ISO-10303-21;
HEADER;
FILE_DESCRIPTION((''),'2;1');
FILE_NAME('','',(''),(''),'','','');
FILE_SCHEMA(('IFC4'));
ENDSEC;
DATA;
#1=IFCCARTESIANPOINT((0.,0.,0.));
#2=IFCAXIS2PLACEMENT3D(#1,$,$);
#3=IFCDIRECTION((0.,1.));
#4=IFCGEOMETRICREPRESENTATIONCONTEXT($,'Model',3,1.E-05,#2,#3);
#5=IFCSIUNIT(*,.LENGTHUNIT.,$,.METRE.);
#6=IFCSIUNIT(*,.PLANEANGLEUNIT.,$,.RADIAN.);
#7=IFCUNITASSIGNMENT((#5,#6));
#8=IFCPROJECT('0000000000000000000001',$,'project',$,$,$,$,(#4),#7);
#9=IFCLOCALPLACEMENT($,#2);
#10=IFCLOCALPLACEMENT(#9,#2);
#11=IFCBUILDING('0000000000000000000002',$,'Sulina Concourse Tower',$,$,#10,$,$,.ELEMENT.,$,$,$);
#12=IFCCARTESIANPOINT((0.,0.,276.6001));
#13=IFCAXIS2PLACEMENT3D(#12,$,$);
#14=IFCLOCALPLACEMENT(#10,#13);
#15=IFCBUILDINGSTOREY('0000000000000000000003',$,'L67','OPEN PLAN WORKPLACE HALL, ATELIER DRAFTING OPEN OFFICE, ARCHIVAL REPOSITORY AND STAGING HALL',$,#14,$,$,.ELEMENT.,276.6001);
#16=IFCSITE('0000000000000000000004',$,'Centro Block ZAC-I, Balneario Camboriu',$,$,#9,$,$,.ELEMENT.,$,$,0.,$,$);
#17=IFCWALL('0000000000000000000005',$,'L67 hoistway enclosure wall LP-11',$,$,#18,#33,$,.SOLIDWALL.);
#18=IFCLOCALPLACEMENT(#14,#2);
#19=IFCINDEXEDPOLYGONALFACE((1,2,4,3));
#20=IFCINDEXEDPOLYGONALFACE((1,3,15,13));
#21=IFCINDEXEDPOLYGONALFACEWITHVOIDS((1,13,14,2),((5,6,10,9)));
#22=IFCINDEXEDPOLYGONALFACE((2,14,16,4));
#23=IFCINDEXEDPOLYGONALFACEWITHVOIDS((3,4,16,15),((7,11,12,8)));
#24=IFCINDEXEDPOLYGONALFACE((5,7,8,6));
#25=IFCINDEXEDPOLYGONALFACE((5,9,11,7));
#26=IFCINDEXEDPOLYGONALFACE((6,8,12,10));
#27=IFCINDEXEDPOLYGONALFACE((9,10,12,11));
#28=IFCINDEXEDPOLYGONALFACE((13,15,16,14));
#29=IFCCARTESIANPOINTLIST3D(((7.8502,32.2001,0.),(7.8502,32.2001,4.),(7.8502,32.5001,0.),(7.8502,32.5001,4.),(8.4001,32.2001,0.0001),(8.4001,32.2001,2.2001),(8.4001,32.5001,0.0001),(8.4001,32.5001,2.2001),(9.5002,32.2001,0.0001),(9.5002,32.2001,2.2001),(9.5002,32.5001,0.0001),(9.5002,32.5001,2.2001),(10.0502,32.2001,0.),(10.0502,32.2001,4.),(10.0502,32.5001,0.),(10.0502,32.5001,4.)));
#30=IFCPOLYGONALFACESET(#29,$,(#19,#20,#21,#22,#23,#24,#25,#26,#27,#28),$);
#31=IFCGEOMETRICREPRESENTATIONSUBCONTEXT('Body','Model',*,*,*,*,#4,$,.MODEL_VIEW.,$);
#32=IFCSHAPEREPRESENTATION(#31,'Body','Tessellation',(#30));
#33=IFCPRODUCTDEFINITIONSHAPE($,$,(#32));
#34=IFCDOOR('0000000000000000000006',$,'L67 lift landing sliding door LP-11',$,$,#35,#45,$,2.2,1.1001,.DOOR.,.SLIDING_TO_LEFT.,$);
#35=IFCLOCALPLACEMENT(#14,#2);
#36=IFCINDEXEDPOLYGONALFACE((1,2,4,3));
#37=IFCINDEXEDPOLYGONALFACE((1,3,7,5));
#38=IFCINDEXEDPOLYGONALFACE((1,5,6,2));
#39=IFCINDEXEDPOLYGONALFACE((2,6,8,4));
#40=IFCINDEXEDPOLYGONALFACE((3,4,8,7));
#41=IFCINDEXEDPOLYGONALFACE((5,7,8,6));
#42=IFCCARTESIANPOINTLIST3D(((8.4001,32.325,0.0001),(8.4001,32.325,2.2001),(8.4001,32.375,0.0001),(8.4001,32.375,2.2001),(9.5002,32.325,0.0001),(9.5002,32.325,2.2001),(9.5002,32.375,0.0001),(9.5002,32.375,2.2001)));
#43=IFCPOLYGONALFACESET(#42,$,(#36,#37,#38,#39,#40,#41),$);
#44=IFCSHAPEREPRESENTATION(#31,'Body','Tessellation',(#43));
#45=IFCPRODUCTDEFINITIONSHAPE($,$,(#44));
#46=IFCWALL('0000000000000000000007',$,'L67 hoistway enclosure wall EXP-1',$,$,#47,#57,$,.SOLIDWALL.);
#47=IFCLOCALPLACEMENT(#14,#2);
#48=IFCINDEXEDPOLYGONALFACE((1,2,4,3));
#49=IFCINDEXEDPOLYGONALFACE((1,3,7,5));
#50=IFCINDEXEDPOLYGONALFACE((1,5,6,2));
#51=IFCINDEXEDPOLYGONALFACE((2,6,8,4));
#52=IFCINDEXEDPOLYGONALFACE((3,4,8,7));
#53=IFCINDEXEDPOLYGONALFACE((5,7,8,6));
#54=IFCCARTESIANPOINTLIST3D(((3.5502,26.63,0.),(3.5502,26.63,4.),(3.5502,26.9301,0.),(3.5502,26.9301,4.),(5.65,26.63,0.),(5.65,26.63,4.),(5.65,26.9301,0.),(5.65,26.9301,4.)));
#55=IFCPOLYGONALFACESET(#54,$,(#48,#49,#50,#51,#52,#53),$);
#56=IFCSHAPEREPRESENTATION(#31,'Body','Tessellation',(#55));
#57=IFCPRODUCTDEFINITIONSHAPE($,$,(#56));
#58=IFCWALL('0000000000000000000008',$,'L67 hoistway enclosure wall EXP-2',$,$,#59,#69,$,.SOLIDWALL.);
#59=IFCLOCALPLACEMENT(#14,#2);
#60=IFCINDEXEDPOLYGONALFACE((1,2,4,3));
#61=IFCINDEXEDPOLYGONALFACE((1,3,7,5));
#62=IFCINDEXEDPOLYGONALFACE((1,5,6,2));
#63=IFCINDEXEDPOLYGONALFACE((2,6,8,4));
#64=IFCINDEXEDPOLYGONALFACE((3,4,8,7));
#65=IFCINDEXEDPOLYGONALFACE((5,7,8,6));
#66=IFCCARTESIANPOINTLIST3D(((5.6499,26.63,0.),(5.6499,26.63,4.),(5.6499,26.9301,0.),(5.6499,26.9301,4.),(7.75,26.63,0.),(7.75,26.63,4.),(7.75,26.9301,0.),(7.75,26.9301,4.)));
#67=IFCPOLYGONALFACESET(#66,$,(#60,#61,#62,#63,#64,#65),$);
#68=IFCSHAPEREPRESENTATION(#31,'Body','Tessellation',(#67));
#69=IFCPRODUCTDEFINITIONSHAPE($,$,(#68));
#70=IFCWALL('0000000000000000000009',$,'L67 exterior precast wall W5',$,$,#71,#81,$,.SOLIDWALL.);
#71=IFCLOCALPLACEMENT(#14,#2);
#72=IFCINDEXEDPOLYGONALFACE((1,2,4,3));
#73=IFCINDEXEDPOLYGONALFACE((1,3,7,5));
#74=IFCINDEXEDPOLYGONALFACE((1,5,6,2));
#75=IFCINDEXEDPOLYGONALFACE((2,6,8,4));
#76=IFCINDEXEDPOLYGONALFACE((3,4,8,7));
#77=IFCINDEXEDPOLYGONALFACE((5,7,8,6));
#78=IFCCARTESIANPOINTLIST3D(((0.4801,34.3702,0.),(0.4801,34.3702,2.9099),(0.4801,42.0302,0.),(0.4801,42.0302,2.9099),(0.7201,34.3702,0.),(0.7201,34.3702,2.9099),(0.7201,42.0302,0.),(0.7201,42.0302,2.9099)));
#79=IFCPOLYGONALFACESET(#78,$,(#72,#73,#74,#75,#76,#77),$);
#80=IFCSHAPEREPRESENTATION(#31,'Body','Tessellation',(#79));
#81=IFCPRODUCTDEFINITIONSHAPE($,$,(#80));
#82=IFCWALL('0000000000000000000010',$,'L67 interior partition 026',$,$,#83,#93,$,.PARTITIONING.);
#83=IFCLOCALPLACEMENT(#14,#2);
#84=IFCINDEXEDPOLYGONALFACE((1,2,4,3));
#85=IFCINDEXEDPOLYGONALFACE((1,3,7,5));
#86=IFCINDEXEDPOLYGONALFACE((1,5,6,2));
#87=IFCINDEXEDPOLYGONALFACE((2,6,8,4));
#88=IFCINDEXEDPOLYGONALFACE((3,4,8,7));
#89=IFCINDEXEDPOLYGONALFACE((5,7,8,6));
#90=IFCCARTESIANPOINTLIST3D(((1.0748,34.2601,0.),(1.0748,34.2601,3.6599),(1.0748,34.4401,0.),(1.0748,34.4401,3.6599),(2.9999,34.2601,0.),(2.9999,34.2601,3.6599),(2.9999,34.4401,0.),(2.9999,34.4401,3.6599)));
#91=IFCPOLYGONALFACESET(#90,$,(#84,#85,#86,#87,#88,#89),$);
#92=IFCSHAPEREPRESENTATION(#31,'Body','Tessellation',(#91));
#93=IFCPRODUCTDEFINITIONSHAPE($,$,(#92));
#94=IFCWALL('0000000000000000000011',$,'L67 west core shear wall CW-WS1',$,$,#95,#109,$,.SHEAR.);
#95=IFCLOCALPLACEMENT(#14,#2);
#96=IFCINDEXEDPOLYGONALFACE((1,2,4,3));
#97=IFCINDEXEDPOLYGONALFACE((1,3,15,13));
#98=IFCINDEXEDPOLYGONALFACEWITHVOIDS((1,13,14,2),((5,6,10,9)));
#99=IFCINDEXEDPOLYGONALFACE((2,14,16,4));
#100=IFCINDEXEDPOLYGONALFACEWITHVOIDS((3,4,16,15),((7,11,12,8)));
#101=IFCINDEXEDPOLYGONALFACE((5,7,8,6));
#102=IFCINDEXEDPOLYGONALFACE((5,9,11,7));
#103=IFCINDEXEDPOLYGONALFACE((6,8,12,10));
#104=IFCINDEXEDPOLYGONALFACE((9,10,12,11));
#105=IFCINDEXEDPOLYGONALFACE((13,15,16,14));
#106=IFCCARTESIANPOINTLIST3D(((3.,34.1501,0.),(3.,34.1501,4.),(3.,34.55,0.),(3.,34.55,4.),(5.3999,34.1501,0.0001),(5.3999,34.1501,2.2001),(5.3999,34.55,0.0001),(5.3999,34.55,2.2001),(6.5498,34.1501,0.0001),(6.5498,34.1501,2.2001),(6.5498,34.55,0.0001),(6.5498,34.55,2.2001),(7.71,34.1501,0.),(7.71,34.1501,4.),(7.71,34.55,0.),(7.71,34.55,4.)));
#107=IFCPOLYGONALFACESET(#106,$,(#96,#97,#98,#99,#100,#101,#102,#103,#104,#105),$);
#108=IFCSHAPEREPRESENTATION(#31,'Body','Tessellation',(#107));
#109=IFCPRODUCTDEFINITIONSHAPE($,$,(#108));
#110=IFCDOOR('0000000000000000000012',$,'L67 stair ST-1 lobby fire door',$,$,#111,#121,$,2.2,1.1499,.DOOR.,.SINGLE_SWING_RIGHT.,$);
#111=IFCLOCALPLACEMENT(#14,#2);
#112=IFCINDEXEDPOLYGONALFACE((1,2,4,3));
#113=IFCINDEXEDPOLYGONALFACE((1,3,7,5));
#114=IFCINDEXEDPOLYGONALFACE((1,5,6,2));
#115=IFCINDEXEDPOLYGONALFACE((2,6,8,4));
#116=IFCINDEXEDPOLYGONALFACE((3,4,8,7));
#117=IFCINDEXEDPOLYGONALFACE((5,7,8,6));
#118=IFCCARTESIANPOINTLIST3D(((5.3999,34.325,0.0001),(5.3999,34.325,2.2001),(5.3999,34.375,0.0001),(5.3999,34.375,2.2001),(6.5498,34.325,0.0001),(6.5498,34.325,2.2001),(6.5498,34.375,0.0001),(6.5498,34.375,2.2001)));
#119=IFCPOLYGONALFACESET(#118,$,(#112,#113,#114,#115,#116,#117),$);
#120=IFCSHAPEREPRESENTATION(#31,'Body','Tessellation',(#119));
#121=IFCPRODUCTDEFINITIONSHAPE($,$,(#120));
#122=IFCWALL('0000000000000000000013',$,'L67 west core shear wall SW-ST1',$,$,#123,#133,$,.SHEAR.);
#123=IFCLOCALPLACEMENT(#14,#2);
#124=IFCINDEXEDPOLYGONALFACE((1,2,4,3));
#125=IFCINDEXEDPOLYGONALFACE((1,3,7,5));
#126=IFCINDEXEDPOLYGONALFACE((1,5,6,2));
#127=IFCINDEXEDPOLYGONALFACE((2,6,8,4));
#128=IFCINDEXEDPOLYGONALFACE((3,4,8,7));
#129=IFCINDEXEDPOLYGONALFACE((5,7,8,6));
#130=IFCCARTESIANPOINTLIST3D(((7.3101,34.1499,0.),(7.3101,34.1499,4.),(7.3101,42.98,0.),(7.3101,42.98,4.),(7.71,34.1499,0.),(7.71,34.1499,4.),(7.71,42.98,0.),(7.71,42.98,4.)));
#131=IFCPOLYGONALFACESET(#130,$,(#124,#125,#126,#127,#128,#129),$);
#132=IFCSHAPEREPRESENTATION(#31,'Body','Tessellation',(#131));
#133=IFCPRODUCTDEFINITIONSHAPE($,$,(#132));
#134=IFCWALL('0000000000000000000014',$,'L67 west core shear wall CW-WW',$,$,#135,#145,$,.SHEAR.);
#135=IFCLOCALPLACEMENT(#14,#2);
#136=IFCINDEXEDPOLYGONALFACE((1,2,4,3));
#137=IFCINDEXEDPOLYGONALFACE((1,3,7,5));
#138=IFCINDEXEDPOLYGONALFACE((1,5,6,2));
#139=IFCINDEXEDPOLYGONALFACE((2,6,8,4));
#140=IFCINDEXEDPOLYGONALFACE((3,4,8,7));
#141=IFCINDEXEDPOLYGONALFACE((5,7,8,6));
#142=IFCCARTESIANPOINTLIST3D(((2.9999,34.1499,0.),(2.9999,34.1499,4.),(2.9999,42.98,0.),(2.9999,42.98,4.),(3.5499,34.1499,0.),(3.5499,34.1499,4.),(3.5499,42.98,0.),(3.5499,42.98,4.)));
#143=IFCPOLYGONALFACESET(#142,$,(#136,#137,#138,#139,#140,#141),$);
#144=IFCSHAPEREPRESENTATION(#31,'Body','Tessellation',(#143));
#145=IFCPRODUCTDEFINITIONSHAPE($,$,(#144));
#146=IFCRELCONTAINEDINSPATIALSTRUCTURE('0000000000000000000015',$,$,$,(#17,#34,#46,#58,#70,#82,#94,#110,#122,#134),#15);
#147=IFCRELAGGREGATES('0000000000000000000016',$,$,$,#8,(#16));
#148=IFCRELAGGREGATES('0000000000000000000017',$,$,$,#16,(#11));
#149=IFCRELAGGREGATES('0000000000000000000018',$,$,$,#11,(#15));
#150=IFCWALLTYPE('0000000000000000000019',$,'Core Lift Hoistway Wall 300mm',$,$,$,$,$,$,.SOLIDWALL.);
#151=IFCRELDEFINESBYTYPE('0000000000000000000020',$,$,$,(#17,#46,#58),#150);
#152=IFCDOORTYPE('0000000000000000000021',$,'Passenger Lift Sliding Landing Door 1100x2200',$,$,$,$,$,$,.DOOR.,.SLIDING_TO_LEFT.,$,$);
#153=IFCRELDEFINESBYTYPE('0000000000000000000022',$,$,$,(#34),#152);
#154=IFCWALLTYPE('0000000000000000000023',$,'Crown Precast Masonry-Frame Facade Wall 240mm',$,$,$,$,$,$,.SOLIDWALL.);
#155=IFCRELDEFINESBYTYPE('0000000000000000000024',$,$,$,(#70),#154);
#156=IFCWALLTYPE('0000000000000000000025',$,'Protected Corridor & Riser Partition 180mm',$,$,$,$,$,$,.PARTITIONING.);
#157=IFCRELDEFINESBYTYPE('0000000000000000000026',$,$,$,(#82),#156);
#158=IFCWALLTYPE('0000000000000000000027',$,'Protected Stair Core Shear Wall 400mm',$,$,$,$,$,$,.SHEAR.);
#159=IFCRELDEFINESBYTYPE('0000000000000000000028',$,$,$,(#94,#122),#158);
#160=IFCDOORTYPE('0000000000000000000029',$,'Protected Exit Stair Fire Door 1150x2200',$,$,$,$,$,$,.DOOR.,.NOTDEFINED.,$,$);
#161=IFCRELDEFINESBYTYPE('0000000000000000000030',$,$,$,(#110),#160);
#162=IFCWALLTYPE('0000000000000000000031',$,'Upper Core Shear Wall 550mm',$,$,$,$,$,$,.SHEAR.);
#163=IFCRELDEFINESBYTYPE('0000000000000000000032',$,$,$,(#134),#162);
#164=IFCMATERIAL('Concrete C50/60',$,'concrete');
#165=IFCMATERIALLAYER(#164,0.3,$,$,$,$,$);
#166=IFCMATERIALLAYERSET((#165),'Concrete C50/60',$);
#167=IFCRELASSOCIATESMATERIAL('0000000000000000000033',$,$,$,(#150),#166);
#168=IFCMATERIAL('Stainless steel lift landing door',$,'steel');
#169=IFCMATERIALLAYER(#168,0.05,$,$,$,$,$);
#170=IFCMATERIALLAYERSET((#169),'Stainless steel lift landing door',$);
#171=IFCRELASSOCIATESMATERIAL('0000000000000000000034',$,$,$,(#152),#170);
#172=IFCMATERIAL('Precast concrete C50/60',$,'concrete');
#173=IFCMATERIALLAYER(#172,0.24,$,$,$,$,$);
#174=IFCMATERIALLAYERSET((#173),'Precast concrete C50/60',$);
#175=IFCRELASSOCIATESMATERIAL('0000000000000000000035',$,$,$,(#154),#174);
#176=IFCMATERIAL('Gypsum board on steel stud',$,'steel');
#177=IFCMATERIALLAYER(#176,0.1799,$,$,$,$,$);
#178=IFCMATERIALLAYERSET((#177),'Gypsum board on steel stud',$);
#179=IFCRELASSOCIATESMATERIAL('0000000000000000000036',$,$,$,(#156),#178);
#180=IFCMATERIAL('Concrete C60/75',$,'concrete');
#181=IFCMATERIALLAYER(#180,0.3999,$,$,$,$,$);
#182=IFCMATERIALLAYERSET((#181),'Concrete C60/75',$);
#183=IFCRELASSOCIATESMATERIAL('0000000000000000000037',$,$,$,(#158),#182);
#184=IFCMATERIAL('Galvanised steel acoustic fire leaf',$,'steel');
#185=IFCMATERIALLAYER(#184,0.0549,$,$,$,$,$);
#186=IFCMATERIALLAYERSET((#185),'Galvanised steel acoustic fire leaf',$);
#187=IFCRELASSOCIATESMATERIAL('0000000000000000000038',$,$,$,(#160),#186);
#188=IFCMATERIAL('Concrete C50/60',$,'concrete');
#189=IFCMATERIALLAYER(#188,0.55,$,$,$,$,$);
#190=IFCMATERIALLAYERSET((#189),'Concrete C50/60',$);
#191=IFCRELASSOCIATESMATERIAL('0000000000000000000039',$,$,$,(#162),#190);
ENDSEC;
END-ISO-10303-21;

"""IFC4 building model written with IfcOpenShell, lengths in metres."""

from ifc_helpers import new_model, si_unit, direction, frame, frame_2d, origin, place, context, subcontext, project, spatial, rectangle, extrude, material, layer, layer_set, type_object, element, fill, save


model = new_model("IFC4")

# Units and contexts
model_context = context("Model", 3, precision=1e-05, world=origin(), true_north=direction((0.0, 1.0)))
body_context = subcontext(model_context, "Body", "Model", "MODEL_VIEW")
ifc_project = project(units=[si_unit("LENGTHUNIT", "METRE"), si_unit("PLANEANGLEUNIT", "RADIAN")], contexts=[model_context])

# Site, building, storey
site_placement = place(None, origin())
site = spatial("IfcSite", under=ifc_project, at=site_placement, Name="Centro Block ZAC-I, Balneario Camboriu", CompositionType="ELEMENT", RefElevation=0.0)
building_placement = place(site_placement, origin())
building = spatial("IfcBuilding", under=site, at=building_placement, Name="Sulina Concourse Tower", CompositionType="ELEMENT")
storey_placement = place(building_placement, frame((0.0, 0.0, 276.6001)))
storey = spatial("IfcBuildingStorey", under=building, at=storey_placement, Name="L67", Description="OPEN PLAN WORKPLACE HALL, ATELIER DRAFTING OPEN OFFICE, ARCHIVAL REPOSITORY AND STAGING HALL", CompositionType="ELEMENT", Elevation=276.6001)

# Wall, opening, door
ifc_material_1 = material(Name="Concrete C50/60", Category="concrete")
ifc_layer_1 = layer(ifc_material_1, 0.3)
ifc_layer_set_1 = layer_set([ifc_layer_1], Name="Concrete C50/60")
wall_type_1 = type_object("IfcWallType", Name="Core Lift Hoistway Wall 300mm", PredefinedType="SOLIDWALL", material=ifc_layer_set_1)
ifc_material_2 = material(Name="Stainless steel lift landing door", Category="steel")
ifc_layer_2 = layer(ifc_material_2, 0.05)
ifc_layer_set_2 = layer_set([ifc_layer_2], Name="Stainless steel lift landing door")
door_type_1 = type_object("IfcDoorType", Name="Passenger Lift Sliding Landing Door 1100x2200", OperationType="SLIDING_TO_LEFT", PredefinedType="DOOR", material=ifc_layer_set_2)
wall_1_placement = place(storey_placement, frame((7.8501, 32.3501, 0.0), z_axis=(0.0, 0.0, 1.0), x_axis=(1.0, 0.0, 0.0)))
wall_1 = element("IfcWall", 1, at=wall_1_placement, inside=storey, type_object=wall_type_1, Name="L67 hoistway enclosure wall LP-11", PredefinedType="SOLIDWALL", context=body_context, shape_type="SweptSolid", body=[
    extrude(rectangle(XDim=2.2, YDim=0.3, at=frame_2d((1.1001, 0.0))), origin(), (0.0, 0.0, 1.0), 4.0),
])
opening_1_placement = place(wall_1_placement, frame((0.55, 0.0, 0.0)))
opening_1 = element("IfcOpeningElement", 2, at=opening_1_placement, cuts=wall_1, PredefinedType="OPENING", context=body_context, shape_type="SweptSolid", body=[
    extrude(rectangle(XDim=1.1001, YDim=2.2, at=frame_2d((0.55, 1.1001))), frame((0.0, 0.1599, 0.0), z_axis=(0.0, -1.0, 0.0), x_axis=(1.0, 0.0, 0.0)), (0.0, 0.0, 1.0), 0.3201),
])
door_1_placement = place(opening_1_placement, origin())
door_1 = element("IfcDoor", 3, at=door_1_placement, inside=storey, type_object=door_type_1, Name="L67 lift landing sliding door LP-11", OperationType="SLIDING_TO_LEFT", OverallHeight=2.2, OverallWidth=1.1001, PredefinedType="DOOR", context=body_context, shape_type="SweptSolid", body=[
    extrude(rectangle(XDim=1.1001, YDim=2.2, at=frame_2d((0.55, 1.1001))), frame((0.0, 0.0249, 0.0), z_axis=(0.0, -1.0, 0.0), x_axis=(1.0, 0.0, 0.0)), (0.0, 0.0, 1.0), 0.05),
])
fill(opening_1, door_1)

# Walls
wall_2_placement = place(storey_placement, frame((5.6499, 26.78, 0.0), z_axis=(0.0, 0.0, 1.0), x_axis=(-1.0, 0.0, 0.0)))
element("IfcWall", 4, at=wall_2_placement, inside=storey, type_object=wall_type_1, Name="L67 hoistway enclosure wall EXP-1", PredefinedType="SOLIDWALL", context=body_context, shape_type="SweptSolid", body=[
    extrude(rectangle(XDim=2.0999, YDim=0.3, at=frame_2d((1.0498, 0.0))), origin(), (0.0, 0.0, 1.0), 4.0),
])
wall_3_placement = place(storey_placement, frame((7.75, 26.78, 0.0), z_axis=(0.0, 0.0, 1.0), x_axis=(-1.0, 0.0, 0.0)))
element("IfcWall", 5, at=wall_3_placement, inside=storey, type_object=wall_type_1, Name="L67 hoistway enclosure wall EXP-2", PredefinedType="SOLIDWALL", context=body_context, shape_type="SweptSolid", body=[
    extrude(rectangle(XDim=2.1001, YDim=0.3, at=frame_2d((1.05, 0.0))), origin(), (0.0, 0.0, 1.0), 4.0),
])
ifc_material_3 = material(Name="Precast concrete C50/60", Category="concrete")
ifc_layer_3 = layer(ifc_material_3, 0.24)
ifc_layer_set_3 = layer_set([ifc_layer_3], Name="Precast concrete C50/60")
wall_type_2 = type_object("IfcWallType", Name="Crown Precast Masonry-Frame Facade Wall 240mm", PredefinedType="SOLIDWALL", material=ifc_layer_set_3)
wall_4_placement = place(storey_placement, frame((0.6001, 34.3701, 0.0), z_axis=(0.0, 0.0, 1.0), x_axis=(0.0, 1.0, 0.0)))
element("IfcWall", 6, at=wall_4_placement, inside=storey, type_object=wall_type_2, Name="L67 exterior precast wall W5", PredefinedType="SOLIDWALL", context=body_context, shape_type="SweptSolid", body=[
    extrude(rectangle(XDim=7.6599, YDim=0.24, at=frame_2d((3.8301, 0.0))), origin(), (0.0, 0.0, 1.0), 2.9099),
])
ifc_material_4 = material(Name="Gypsum board on steel stud", Category="steel")
ifc_layer_4 = layer(ifc_material_4, 0.1799)
ifc_layer_set_4 = layer_set([ifc_layer_4], Name="Gypsum board on steel stud")
wall_type_3 = type_object("IfcWallType", Name="Protected Corridor & Riser Partition 180mm", PredefinedType="PARTITIONING", material=ifc_layer_set_4)
wall_5_placement = place(storey_placement, frame((1.075, 34.3501, 0.0), z_axis=(0.0, 0.0, 1.0), x_axis=(1.0, 0.0, 0.0)))
element("IfcWall", 7, at=wall_5_placement, inside=storey, type_object=wall_type_3, Name="L67 interior partition 026", PredefinedType="PARTITIONING", context=body_context, shape_type="SweptSolid", body=[
    extrude(rectangle(XDim=1.925, YDim=0.1799, at=frame_2d((0.9624, 0.0))), origin(), (0.0, 0.0, 1.0), 3.6599),
])

# Wall, opening, door
ifc_material_5 = material(Name="Concrete C60/75", Category="concrete")
ifc_layer_5 = layer(ifc_material_5, 0.3999)
ifc_layer_set_5 = layer_set([ifc_layer_5], Name="Concrete C60/75")
wall_type_4 = type_object("IfcWallType", Name="Protected Stair Core Shear Wall 400mm", PredefinedType="SHEAR", material=ifc_layer_set_5)
wall_6_placement = place(storey_placement, frame((3.0, 34.3501, 0.0), z_axis=(0.0, 0.0, 1.0), x_axis=(1.0, 0.0, 0.0)))
wall_6 = element("IfcWall", 8, at=wall_6_placement, inside=storey, type_object=wall_type_4, Name="L67 west core shear wall CW-WS1", PredefinedType="SHEAR", context=body_context, shape_type="SweptSolid", body=[
    extrude(rectangle(XDim=4.71, YDim=0.3999, at=frame_2d((2.355, 0.0))), origin(), (0.0, 0.0, 1.0), 4.0),
])
opening_2_placement = place(wall_6_placement, frame((2.3999, 0.0, 0.0)))
opening_2 = element("IfcOpeningElement", 9, at=opening_2_placement, cuts=wall_6, PredefinedType="OPENING", context=body_context, shape_type="SweptSolid", body=[
    extrude(rectangle(XDim=1.1499, YDim=2.2, at=frame_2d((0.575, 1.1001))), frame((0.0, 0.21, 0.0), z_axis=(0.0, -1.0, 0.0), x_axis=(1.0, 0.0, 0.0)), (0.0, 0.0, 1.0), 0.4199),
])
ifc_material_6 = material(Name="Galvanised steel acoustic fire leaf", Category="steel")
ifc_layer_6 = layer(ifc_material_6, 0.0549)
ifc_layer_set_6 = layer_set([ifc_layer_6], Name="Galvanised steel acoustic fire leaf")
door_type_2 = type_object("IfcDoorType", Name="Protected Exit Stair Fire Door 1150x2200", OperationType="NOTDEFINED", PredefinedType="DOOR", material=ifc_layer_set_6)
door_2_placement = place(opening_2_placement, origin())
door_2 = element("IfcDoor", 10, at=door_2_placement, inside=storey, type_object=door_type_2, Name="L67 stair ST-1 lobby fire door", OperationType="SINGLE_SWING_RIGHT", OverallHeight=2.2, OverallWidth=1.1499, PredefinedType="DOOR", context=body_context, shape_type="SweptSolid", body=[
    extrude(rectangle(XDim=1.1499, YDim=2.2, at=frame_2d((0.575, 1.1001))), frame((0.0, 0.0249, 0.0), z_axis=(0.0, -1.0, 0.0), x_axis=(1.0, 0.0, 0.0)), (0.0, 0.0, 1.0), 0.05),
])
fill(opening_2, door_2)

# Walls
wall_7_placement = place(storey_placement, frame((7.51, 34.1499, 0.0), z_axis=(0.0, 0.0, 1.0), x_axis=(0.0, 1.0, 0.0)))
element("IfcWall", 11, at=wall_7_placement, inside=storey, type_object=wall_type_4, Name="L67 west core shear wall SW-ST1", PredefinedType="SHEAR", context=body_context, shape_type="SweptSolid", body=[
    extrude(rectangle(XDim=8.8301, YDim=0.3999, at=frame_2d((4.415, 0.0))), origin(), (0.0, 0.0, 1.0), 4.0),
])
ifc_material_7 = material(Name="Concrete C50/60", Category="concrete")
ifc_layer_7 = layer(ifc_material_7, 0.55)
ifc_layer_set_7 = layer_set([ifc_layer_7], Name="Concrete C50/60")
wall_type_5 = type_object("IfcWallType", Name="Upper Core Shear Wall 550mm", PredefinedType="SHEAR", material=ifc_layer_set_7)
wall_8_placement = place(storey_placement, frame((3.2749, 34.1499, 0.0), z_axis=(0.0, 0.0, 1.0), x_axis=(0.0, 1.0, 0.0)))
element("IfcWall", 12, at=wall_8_placement, inside=storey, type_object=wall_type_5, Name="L67 west core shear wall CW-WW", PredefinedType="SHEAR", context=body_context, shape_type="SweptSolid", body=[
    extrude(rectangle(XDim=8.8301, YDim=0.55, at=frame_2d((4.415, 0.0))), origin(), (0.0, 0.0, 1.0), 4.0),
])

save(model, "model.ifc")
